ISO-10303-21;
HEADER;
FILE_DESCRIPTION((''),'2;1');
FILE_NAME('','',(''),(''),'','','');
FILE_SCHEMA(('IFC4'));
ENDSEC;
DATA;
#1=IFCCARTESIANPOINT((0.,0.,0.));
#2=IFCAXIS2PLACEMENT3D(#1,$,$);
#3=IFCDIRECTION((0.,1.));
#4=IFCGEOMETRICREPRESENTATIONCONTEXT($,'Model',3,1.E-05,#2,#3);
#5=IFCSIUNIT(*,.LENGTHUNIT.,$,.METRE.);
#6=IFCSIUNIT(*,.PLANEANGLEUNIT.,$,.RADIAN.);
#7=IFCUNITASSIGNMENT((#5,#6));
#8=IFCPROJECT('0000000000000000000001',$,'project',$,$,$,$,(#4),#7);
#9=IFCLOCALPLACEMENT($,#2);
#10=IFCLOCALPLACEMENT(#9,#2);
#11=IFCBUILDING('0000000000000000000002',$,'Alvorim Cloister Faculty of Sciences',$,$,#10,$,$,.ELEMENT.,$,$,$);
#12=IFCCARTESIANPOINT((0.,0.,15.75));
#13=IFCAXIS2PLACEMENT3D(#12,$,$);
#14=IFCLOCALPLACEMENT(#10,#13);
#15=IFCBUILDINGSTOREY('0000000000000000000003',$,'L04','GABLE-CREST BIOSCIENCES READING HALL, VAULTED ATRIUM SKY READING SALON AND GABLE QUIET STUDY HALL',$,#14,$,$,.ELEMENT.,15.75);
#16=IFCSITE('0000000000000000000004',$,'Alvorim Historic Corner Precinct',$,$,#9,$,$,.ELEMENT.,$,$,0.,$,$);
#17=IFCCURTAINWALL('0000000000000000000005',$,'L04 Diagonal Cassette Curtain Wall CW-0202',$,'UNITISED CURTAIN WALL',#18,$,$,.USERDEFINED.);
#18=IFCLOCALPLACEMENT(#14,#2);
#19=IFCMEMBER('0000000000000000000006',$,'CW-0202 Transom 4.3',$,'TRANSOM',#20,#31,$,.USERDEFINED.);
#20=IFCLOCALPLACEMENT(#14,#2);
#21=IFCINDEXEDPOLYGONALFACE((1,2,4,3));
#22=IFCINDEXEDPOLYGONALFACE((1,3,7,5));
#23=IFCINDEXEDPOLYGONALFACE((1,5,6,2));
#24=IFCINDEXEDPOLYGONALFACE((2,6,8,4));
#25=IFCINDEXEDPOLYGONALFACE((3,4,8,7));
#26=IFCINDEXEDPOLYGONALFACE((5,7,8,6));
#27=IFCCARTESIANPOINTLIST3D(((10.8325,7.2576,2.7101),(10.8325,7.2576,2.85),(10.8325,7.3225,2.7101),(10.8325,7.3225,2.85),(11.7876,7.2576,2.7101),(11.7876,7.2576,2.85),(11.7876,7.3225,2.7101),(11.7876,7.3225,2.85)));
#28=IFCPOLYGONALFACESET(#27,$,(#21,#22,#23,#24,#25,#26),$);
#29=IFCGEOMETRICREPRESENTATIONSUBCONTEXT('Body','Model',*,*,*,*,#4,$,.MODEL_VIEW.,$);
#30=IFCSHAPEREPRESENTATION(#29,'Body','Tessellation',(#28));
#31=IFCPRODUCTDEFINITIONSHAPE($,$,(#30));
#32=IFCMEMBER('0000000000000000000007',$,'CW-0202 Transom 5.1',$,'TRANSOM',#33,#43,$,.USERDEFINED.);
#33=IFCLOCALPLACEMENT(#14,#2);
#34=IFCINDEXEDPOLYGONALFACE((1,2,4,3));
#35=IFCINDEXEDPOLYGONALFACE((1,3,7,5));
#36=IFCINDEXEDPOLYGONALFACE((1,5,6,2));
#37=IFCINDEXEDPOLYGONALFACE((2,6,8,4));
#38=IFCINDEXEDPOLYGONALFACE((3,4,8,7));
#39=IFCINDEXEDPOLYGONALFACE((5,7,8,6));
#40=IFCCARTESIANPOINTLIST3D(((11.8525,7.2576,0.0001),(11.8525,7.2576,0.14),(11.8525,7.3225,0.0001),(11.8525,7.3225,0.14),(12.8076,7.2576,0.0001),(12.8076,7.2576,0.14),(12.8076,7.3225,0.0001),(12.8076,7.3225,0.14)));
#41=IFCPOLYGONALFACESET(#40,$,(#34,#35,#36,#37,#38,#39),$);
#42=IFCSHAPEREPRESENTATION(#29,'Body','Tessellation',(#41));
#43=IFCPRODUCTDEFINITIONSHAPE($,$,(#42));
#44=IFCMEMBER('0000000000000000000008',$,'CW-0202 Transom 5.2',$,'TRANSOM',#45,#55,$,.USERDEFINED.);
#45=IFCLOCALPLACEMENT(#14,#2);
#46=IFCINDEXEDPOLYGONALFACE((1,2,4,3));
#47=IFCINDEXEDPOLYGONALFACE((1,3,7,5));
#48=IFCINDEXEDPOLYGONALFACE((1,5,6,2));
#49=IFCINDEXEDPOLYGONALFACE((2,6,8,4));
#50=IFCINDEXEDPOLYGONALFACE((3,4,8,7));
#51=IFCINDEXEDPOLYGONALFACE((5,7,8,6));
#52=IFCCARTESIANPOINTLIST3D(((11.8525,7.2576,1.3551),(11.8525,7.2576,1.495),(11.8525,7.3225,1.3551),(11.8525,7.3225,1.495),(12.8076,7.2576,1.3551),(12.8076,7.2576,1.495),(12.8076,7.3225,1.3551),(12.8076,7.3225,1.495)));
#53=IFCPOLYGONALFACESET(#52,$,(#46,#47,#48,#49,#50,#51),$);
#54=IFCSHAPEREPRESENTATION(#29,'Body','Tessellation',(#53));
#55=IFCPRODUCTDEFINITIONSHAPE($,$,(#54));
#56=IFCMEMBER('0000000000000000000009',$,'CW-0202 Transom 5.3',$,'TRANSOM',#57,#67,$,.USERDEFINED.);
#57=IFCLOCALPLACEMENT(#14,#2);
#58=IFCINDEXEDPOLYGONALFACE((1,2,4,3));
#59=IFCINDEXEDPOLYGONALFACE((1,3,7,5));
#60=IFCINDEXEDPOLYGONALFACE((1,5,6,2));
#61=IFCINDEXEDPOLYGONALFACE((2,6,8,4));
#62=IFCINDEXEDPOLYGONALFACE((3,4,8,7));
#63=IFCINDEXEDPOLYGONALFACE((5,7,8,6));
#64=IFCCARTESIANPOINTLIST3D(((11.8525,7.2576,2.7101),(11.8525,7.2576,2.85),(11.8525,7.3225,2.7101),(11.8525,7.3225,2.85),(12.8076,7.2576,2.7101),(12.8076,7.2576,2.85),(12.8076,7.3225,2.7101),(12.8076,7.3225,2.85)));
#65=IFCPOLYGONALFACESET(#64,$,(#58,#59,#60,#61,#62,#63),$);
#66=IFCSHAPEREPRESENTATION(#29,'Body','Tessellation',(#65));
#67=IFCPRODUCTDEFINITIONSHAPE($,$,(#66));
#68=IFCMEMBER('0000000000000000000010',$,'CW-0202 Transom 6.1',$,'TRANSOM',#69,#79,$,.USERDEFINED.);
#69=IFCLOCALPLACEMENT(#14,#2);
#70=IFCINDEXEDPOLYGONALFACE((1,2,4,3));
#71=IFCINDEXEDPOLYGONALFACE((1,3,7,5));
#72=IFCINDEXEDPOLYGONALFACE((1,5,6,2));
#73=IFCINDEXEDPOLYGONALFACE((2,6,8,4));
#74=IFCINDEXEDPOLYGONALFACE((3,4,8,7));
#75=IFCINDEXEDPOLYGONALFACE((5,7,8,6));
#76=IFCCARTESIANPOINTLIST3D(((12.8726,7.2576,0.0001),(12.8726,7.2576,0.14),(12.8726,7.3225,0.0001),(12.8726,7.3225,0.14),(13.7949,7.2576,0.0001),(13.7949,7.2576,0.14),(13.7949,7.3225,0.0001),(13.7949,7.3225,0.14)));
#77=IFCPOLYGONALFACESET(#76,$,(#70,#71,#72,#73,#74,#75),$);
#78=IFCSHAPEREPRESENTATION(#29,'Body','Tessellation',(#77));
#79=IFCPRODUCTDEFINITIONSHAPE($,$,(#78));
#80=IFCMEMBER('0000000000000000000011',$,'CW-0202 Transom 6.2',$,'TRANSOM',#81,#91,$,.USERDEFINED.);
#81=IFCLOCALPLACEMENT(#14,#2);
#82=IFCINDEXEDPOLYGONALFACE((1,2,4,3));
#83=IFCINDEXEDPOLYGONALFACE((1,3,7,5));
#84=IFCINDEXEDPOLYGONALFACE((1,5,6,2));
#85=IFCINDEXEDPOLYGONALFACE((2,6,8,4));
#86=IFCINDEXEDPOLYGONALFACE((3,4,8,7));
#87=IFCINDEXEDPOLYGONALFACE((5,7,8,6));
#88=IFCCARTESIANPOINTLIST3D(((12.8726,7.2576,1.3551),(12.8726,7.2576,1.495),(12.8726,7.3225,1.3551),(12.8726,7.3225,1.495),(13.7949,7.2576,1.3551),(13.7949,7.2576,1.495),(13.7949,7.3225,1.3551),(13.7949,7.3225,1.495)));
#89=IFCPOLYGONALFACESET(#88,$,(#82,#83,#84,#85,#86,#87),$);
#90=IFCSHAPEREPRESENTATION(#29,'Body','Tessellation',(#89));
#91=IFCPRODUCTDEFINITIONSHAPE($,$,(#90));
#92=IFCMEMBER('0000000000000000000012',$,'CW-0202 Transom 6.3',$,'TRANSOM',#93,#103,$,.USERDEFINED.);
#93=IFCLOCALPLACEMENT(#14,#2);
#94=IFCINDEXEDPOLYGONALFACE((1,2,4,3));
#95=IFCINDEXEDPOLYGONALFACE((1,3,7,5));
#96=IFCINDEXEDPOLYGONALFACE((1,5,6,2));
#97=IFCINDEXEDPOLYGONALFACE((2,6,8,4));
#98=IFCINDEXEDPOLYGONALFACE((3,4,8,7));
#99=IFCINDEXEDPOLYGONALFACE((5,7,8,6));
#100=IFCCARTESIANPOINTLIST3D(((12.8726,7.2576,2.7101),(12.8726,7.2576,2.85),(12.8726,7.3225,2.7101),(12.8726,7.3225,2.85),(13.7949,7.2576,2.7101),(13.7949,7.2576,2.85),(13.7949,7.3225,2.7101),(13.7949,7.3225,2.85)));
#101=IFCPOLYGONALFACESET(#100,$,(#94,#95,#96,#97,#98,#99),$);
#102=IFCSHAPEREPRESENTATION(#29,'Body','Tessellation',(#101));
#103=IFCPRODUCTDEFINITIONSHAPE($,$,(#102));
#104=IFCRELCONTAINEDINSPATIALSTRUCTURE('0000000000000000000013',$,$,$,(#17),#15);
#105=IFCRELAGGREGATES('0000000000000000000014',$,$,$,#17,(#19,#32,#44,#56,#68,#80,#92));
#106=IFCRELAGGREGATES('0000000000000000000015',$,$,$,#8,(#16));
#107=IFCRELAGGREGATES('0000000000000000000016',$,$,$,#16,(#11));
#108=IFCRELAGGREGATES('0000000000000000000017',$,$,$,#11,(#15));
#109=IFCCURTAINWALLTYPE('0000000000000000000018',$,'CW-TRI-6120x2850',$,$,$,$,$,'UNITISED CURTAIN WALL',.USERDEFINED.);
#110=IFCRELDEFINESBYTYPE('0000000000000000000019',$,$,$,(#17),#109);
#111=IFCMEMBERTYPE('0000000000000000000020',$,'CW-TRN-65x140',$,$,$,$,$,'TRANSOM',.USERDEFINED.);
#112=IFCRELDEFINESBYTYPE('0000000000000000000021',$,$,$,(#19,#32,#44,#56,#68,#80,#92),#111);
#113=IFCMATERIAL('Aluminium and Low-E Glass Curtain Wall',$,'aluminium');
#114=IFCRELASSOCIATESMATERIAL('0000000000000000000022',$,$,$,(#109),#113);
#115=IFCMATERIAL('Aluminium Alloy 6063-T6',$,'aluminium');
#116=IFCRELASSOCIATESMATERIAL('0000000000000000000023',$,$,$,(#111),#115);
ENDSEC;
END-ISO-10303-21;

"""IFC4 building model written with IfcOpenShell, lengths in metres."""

from ifc_helpers import new_model, si_unit, direction, frame, origin, origin_2d, place, context, subcontext, project, spatial, rectangle, extrude, material, material_profile, profile_set, type_object, element, aggregate, save


model = new_model("IFC4")

# Units and contexts
model_context = context("Model", 3, precision=1e-05, world=origin(), true_north=direction((0.0, 1.0)))
body_context = subcontext(model_context, "Body", "Model", "MODEL_VIEW")
ifc_project = project(units=[si_unit("LENGTHUNIT", "METRE"), si_unit("PLANEANGLEUNIT", "RADIAN")], contexts=[model_context])

# Site, building, storey
site_placement = place(None, origin())
site = spatial("IfcSite", under=ifc_project, at=site_placement, Name="Alvorim Historic Corner Precinct", CompositionType="ELEMENT", RefElevation=0.0)
building_placement = place(site_placement, origin())
building = spatial("IfcBuilding", under=site, at=building_placement, Name="Alvorim Cloister Faculty of Sciences", CompositionType="ELEMENT")
storey_placement = place(building_placement, frame((0.0, 0.0, 15.75)))
storey = spatial("IfcBuildingStorey", under=building, at=storey_placement, Name="L04", Description="GABLE-CREST BIOSCIENCES READING HALL, VAULTED ATRIUM SKY READING SALON AND GABLE QUIET STUDY HALL", CompositionType="ELEMENT", Elevation=15.75)

# Curtain wall, members
ifc_material_1 = material(Name="Aluminium and Low-E Glass Curtain Wall", Category="aluminium")
curtain_wall_type = type_object("IfcCurtainWallType", Name="CW-TRI-6120x2850", ElementType="UNITISED CURTAIN WALL", PredefinedType="USERDEFINED", material=ifc_material_1)
curtain_wall_placement = place(storey_placement, origin())
curtain_wall = element("IfcCurtainWall", 1, at=curtain_wall_placement, inside=storey, type_object=curtain_wall_type, Name="L04 Diagonal Cassette Curtain Wall CW-0202", ObjectType="UNITISED CURTAIN WALL", PredefinedType="USERDEFINED")
ifc_material_2 = material(Name="Aluminium Alloy 6063-T6", Category="aluminium")
ifc_material_profile_1 = material_profile(ifc_material_2, rectangle(XDim=0.0649, YDim=0.1399, at=origin_2d()), Name="ALU-TRN-65x140")
ifc_profile_set_1 = profile_set([ifc_material_profile_1], Name="Aluminium Alloy 6063-T6")
member_type_1 = type_object("IfcMemberType", Name="CW-TRN-65x140", ElementType="TRANSOM", PredefinedType="USERDEFINED", material=ifc_profile_set_1)
member_1_placement = place(storey_placement, frame((10.8325, 7.29, 2.78), z_axis=(1.0, 0.0, 0.0), x_axis=(0.0, 1.0, 0.0)))
member_1 = element("IfcMember", 2, at=member_1_placement, type_object=member_type_1, Name="CW-0202 Transom 4.3", ObjectType="TRANSOM", PredefinedType="USERDEFINED", context=body_context, shape_type="SweptSolid", body=[
    extrude(rectangle(XDim=0.0649, YDim=0.1399, at=origin_2d()), origin(), (0.0, 0.0, 1.0), 0.9551),
])
member_2_placement = place(storey_placement, frame((11.8525, 7.29, 0.0701), z_axis=(1.0, 0.0, 0.0), x_axis=(0.0, 1.0, 0.0)))
member_2 = element("IfcMember", 3, at=member_2_placement, type_object=member_type_1, Name="CW-0202 Transom 5.1", ObjectType="TRANSOM", PredefinedType="USERDEFINED", context=body_context, shape_type="SweptSolid", body=[
    extrude(rectangle(XDim=0.0649, YDim=0.1399, at=origin_2d()), origin(), (0.0, 0.0, 1.0), 0.9551),
])
member_3_placement = place(storey_placement, frame((11.8525, 7.29, 1.425), z_axis=(1.0, 0.0, 0.0), x_axis=(0.0, 1.0, 0.0)))
member_3 = element("IfcMember", 4, at=member_3_placement, type_object=member_type_1, Name="CW-0202 Transom 5.2", ObjectType="TRANSOM", PredefinedType="USERDEFINED", context=body_context, shape_type="SweptSolid", body=[
    extrude(rectangle(XDim=0.0649, YDim=0.1399, at=origin_2d()), origin(), (0.0, 0.0, 1.0), 0.9551),
])
member_4_placement = place(storey_placement, frame((11.8525, 7.29, 2.78), z_axis=(1.0, 0.0, 0.0), x_axis=(0.0, 1.0, 0.0)))
member_4 = element("IfcMember", 5, at=member_4_placement, type_object=member_type_1, Name="CW-0202 Transom 5.3", ObjectType="TRANSOM", PredefinedType="USERDEFINED", context=body_context, shape_type="SweptSolid", body=[
    extrude(rectangle(XDim=0.0649, YDim=0.1399, at=origin_2d()), origin(), (0.0, 0.0, 1.0), 0.9551),
])
member_5_placement = place(storey_placement, frame((12.8726, 7.29, 0.0701), z_axis=(1.0, 0.0, 0.0), x_axis=(0.0, 1.0, 0.0)))
member_5 = element("IfcMember", 6, at=member_5_placement, type_object=member_type_1, Name="CW-0202 Transom 6.1", ObjectType="TRANSOM", PredefinedType="USERDEFINED", context=body_context, shape_type="SweptSolid", body=[
    extrude(rectangle(XDim=0.0649, YDim=0.1399, at=origin_2d()), origin(), (0.0, 0.0, 1.0), 0.9224),
])
member_6_placement = place(storey_placement, frame((12.8726, 7.29, 1.425), z_axis=(1.0, 0.0, 0.0), x_axis=(0.0, 1.0, 0.0)))
member_6 = element("IfcMember", 7, at=member_6_placement, type_object=member_type_1, Name="CW-0202 Transom 6.2", ObjectType="TRANSOM", PredefinedType="USERDEFINED", context=body_context, shape_type="SweptSolid", body=[
    extrude(rectangle(XDim=0.0649, YDim=0.1399, at=origin_2d()), origin(), (0.0, 0.0, 1.0), 0.9224),
])
member_7_placement = place(storey_placement, frame((12.8726, 7.29, 2.78), z_axis=(1.0, 0.0, 0.0), x_axis=(0.0, 1.0, 0.0)))
member_7 = element("IfcMember", 8, at=member_7_placement, type_object=member_type_1, Name="CW-0202 Transom 6.3", ObjectType="TRANSOM", PredefinedType="USERDEFINED", context=body_context, shape_type="SweptSolid", body=[
    extrude(rectangle(XDim=0.0649, YDim=0.1399, at=origin_2d()), origin(), (0.0, 0.0, 1.0), 0.9224),
])
aggregate(curtain_wall, [member_1, member_2, member_3, member_4, member_5, member_6, member_7])

save(model, "model.ifc")
